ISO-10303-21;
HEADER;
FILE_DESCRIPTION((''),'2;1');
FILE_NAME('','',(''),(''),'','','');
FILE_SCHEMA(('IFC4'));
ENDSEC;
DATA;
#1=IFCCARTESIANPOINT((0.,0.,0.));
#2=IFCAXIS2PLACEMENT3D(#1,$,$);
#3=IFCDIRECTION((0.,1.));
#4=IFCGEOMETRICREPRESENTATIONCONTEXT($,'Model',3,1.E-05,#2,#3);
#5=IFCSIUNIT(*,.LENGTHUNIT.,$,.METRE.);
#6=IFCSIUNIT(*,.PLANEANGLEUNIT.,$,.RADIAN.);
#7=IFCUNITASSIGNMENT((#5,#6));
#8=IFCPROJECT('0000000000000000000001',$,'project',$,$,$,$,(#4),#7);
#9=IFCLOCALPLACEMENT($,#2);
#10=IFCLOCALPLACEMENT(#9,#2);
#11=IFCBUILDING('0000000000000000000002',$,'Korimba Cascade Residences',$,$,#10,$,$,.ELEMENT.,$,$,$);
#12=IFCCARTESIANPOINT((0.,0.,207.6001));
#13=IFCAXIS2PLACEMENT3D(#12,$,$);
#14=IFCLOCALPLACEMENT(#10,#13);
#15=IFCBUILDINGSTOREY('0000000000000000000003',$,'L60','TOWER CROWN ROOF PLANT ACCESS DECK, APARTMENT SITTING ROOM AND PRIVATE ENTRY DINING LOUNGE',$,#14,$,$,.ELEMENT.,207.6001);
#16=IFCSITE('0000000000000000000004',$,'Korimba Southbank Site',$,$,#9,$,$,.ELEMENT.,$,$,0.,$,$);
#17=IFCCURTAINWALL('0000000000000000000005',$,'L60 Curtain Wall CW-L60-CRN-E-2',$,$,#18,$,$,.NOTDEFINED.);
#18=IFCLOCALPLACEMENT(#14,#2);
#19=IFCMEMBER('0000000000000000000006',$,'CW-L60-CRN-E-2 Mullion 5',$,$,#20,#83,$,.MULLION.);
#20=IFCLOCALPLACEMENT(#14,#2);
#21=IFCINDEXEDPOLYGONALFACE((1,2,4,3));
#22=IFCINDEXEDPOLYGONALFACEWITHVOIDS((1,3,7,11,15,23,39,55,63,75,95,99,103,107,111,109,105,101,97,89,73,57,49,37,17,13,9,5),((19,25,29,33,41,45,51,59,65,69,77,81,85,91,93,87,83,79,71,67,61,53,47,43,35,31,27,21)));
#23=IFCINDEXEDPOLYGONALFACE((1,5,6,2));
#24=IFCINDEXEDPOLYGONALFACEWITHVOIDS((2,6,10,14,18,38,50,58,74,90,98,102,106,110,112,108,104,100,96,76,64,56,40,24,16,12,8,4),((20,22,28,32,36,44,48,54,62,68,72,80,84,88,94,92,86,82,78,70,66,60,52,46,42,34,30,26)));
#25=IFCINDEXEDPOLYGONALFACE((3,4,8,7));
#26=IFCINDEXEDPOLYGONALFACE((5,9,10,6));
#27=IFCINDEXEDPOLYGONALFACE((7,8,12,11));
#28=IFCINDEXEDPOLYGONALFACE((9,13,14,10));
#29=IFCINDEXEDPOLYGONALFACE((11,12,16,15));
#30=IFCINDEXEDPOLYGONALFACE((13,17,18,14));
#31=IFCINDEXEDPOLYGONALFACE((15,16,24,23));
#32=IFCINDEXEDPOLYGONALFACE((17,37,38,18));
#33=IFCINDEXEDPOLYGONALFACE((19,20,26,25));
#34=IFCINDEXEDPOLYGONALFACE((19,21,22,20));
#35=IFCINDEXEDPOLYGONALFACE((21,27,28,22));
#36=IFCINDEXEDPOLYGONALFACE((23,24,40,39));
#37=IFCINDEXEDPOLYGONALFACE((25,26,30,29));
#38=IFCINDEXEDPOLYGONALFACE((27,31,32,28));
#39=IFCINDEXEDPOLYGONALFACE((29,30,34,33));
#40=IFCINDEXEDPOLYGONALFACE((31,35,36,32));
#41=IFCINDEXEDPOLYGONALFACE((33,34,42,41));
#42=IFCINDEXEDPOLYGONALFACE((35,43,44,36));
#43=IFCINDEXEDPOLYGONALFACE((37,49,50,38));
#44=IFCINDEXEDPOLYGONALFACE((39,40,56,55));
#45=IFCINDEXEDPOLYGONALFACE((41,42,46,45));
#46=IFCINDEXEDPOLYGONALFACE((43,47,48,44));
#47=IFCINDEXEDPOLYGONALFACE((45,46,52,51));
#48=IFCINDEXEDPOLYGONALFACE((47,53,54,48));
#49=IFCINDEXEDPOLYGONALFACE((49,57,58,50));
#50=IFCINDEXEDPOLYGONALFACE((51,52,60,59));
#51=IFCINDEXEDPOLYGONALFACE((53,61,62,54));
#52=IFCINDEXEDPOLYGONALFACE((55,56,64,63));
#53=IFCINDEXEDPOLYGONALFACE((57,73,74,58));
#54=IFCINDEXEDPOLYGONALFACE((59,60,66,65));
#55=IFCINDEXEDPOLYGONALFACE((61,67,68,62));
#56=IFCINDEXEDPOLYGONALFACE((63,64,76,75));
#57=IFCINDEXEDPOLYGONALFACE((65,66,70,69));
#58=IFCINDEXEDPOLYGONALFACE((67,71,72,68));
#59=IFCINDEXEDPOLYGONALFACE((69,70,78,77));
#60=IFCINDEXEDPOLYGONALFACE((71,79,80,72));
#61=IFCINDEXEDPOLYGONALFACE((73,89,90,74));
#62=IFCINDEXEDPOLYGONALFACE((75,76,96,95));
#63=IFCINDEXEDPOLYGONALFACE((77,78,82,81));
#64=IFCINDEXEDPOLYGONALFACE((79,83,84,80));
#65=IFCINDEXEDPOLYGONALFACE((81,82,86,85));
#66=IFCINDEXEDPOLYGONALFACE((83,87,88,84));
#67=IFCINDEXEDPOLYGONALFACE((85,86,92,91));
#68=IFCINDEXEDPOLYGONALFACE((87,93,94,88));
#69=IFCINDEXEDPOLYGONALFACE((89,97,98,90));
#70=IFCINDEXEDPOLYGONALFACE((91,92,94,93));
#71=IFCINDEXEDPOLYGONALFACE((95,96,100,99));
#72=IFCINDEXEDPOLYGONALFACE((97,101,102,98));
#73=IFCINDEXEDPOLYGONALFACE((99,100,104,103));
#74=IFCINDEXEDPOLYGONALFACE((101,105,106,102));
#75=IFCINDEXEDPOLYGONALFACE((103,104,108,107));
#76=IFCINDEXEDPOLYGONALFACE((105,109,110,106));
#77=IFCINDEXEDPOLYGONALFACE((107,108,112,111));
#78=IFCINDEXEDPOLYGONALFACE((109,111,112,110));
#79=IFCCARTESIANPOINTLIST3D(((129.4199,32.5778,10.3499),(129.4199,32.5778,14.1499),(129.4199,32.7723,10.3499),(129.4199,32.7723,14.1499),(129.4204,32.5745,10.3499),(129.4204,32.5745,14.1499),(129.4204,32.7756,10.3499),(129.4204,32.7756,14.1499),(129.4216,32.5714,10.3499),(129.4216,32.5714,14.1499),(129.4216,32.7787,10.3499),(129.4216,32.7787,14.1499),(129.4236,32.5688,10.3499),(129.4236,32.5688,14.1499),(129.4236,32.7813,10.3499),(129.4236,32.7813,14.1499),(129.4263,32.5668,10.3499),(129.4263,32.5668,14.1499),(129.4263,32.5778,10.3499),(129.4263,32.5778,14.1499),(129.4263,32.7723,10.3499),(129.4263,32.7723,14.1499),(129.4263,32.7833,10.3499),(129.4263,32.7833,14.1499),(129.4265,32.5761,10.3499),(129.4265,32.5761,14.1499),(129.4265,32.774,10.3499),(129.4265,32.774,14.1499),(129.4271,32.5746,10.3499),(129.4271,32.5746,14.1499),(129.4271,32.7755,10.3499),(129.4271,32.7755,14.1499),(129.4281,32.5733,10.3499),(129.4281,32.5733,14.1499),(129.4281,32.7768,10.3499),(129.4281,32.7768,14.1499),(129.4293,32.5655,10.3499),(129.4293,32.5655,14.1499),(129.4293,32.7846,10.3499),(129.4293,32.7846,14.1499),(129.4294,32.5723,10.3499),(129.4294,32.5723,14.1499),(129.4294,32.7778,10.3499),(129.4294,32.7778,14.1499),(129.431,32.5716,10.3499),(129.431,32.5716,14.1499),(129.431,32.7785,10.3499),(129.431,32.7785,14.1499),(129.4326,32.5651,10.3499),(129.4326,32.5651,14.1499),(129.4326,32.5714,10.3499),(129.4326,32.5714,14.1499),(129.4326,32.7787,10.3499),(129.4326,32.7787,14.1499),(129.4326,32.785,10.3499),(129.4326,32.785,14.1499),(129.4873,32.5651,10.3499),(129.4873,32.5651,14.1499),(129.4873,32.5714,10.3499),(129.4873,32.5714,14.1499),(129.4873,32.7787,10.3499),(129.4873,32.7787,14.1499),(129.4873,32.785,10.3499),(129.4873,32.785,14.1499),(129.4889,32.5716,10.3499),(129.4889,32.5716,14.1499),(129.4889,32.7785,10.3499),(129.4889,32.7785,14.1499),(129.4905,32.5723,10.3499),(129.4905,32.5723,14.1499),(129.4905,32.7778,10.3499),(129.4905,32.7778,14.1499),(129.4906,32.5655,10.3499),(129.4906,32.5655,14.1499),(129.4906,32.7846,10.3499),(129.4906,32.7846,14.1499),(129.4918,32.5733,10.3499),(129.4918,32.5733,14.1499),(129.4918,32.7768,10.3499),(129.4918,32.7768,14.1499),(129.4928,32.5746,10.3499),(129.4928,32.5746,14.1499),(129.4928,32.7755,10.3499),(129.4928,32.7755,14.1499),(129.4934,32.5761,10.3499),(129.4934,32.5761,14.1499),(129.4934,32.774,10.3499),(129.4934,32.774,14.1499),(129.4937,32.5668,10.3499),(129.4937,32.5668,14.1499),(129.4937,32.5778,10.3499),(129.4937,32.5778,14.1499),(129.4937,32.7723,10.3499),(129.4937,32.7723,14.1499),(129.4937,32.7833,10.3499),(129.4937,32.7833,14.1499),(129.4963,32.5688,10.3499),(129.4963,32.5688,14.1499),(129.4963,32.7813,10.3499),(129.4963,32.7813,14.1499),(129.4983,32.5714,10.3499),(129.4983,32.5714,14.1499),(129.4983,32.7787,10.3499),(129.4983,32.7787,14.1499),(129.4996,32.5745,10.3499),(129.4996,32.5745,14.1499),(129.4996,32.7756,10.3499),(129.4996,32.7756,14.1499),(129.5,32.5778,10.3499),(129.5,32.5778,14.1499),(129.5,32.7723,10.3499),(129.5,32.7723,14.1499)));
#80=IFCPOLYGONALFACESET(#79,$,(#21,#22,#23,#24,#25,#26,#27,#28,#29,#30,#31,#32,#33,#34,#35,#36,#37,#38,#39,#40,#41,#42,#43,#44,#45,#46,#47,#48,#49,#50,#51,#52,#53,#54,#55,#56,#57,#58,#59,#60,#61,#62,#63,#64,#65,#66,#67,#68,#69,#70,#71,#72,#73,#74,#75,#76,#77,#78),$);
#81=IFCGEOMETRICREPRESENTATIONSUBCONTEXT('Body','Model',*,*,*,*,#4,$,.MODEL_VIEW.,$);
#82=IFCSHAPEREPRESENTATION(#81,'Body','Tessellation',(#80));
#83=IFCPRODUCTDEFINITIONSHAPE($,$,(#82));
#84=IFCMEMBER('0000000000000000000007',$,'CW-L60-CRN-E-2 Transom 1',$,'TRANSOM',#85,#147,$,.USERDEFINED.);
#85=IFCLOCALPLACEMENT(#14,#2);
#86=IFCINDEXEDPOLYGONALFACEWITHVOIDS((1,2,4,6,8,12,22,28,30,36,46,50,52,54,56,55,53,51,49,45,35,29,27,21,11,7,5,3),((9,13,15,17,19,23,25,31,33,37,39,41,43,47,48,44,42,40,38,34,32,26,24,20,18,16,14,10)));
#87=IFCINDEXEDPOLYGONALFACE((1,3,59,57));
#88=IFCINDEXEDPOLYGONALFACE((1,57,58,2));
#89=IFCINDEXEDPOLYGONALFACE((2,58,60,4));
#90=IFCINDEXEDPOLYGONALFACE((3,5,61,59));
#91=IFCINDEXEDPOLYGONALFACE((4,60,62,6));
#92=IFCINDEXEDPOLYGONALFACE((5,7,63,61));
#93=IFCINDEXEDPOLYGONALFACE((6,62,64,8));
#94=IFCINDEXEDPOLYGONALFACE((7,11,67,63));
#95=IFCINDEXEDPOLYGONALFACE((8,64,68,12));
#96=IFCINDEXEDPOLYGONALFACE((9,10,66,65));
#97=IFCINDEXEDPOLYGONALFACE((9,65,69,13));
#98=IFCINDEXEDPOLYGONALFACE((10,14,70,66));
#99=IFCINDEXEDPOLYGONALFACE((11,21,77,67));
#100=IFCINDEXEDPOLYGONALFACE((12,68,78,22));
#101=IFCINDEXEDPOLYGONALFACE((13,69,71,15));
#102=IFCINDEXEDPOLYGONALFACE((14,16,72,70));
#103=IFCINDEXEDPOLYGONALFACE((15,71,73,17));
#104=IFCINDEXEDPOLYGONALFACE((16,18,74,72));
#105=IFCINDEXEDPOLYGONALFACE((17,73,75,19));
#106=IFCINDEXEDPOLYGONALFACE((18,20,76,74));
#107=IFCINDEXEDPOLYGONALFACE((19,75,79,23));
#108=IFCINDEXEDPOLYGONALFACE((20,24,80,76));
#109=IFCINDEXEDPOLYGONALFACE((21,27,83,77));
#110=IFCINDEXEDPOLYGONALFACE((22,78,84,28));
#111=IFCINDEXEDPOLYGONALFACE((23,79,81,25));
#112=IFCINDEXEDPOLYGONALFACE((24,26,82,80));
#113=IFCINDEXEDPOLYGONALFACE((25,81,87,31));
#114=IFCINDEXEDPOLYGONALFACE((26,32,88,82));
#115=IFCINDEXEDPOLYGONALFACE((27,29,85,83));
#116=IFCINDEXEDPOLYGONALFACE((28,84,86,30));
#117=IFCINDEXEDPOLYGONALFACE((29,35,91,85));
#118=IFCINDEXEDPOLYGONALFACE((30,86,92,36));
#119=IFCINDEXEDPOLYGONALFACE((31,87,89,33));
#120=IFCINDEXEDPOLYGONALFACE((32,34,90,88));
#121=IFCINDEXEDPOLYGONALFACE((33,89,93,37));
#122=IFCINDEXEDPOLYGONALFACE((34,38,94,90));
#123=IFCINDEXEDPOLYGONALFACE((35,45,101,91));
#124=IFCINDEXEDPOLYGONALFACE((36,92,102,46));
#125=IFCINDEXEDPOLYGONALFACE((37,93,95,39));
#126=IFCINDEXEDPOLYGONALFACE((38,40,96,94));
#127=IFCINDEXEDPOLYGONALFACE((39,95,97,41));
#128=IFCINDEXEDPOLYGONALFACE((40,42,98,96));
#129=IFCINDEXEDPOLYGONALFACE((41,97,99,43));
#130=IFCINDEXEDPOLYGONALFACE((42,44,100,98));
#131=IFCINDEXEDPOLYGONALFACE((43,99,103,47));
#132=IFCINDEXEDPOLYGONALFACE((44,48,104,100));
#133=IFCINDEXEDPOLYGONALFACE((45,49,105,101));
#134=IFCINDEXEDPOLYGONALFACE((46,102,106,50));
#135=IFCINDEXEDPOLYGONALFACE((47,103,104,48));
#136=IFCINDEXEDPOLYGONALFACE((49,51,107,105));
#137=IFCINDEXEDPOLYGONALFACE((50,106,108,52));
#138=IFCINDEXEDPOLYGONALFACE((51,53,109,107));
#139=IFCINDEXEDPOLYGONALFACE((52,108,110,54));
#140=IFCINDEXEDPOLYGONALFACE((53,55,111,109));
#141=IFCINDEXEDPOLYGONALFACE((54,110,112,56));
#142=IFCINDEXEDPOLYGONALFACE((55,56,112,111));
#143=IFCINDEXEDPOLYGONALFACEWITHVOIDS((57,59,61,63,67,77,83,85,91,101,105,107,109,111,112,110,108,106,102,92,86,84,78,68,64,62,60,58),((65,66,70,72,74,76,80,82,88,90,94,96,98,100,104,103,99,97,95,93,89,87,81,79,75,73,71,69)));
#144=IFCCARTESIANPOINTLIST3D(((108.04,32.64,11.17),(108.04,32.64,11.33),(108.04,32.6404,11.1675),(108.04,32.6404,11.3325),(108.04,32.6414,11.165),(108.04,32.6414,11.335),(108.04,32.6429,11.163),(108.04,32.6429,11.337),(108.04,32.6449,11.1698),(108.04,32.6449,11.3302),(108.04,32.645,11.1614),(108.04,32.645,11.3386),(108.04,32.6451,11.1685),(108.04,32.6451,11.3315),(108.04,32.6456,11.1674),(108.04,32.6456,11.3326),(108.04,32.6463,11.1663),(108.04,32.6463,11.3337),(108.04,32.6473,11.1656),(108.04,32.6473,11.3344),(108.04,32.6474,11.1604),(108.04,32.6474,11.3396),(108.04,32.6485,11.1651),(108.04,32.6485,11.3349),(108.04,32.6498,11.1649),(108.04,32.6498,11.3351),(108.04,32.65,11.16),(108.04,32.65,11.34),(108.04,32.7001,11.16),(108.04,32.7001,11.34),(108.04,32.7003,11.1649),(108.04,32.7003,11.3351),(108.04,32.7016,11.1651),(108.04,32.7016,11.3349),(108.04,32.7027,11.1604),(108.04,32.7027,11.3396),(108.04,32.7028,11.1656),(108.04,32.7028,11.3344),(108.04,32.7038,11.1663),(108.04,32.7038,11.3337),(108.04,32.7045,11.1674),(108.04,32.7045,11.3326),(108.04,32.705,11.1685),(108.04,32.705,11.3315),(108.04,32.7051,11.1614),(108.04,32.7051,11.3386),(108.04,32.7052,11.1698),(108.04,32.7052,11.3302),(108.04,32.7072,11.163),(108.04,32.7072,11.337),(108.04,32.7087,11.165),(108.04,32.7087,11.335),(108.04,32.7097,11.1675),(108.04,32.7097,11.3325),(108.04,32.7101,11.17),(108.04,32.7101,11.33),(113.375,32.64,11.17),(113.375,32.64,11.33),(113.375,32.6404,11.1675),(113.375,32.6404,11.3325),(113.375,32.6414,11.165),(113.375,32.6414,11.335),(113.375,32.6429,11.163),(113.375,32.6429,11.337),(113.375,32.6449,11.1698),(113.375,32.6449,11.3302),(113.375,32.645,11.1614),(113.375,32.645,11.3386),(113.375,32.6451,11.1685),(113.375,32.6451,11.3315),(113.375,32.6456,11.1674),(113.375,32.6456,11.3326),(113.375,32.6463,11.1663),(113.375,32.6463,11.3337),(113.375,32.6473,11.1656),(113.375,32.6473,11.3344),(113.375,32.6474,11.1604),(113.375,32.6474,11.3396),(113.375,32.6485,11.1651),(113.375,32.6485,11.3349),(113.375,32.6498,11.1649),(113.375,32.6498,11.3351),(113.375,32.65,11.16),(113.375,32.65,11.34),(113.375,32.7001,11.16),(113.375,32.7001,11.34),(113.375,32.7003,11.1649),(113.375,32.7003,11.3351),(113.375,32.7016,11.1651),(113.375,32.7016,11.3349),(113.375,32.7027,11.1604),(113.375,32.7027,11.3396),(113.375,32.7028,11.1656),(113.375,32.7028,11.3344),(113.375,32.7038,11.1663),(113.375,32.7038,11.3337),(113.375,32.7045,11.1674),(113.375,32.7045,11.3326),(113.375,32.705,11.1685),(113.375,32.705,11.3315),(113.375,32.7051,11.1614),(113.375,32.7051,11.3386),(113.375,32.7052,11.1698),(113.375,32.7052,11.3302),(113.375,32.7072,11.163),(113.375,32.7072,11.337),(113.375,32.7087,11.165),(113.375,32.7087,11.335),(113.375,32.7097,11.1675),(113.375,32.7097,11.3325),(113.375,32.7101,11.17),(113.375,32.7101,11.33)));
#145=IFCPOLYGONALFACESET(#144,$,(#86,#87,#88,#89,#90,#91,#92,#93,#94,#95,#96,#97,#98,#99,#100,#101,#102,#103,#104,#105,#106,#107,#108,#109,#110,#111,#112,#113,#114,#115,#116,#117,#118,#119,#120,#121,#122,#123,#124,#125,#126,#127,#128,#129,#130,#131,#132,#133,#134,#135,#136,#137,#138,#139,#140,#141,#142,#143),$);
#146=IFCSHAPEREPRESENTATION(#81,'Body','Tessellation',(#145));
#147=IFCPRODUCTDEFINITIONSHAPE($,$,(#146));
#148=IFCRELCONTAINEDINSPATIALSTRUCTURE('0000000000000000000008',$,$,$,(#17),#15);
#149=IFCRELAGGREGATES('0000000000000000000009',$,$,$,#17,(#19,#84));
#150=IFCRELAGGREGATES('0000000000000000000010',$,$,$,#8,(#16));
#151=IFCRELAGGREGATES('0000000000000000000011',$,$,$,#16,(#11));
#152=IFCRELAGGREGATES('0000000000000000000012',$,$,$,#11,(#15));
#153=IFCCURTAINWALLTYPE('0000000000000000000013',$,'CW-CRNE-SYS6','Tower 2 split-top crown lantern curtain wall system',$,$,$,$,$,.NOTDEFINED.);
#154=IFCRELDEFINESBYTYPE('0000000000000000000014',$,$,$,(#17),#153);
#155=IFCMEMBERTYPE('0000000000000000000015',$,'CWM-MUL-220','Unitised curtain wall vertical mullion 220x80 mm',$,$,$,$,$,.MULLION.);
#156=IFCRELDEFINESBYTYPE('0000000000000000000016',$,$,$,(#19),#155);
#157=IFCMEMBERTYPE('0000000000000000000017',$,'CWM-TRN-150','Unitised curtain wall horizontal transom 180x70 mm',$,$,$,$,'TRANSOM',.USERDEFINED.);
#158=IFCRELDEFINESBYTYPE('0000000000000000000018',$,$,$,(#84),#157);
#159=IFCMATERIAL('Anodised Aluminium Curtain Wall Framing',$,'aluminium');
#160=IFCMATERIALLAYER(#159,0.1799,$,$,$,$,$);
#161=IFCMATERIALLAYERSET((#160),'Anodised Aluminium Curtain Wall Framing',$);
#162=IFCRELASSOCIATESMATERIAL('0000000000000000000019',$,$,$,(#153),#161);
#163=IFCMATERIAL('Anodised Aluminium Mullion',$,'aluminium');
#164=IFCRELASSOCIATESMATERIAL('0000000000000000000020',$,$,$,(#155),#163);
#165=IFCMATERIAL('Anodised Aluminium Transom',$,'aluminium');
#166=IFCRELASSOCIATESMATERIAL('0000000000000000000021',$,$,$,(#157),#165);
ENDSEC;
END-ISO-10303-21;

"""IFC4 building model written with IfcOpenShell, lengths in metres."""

from ifc_helpers import new_model, si_unit, direction, frame, origin, origin_2d, place, context, subcontext, project, spatial, hollow_rectangle, extrude, material, layer, layer_set, material_profile, profile_set, type_object, element, aggregate, save


model = new_model("IFC4")

# Units and contexts
model_context = context("Model", 3, precision=1e-05, world=origin(), true_north=direction((0.0, 1.0)))
body_context = subcontext(model_context, "Body", "Model", "MODEL_VIEW")
ifc_project = project(units=[si_unit("LENGTHUNIT", "METRE"), si_unit("PLANEANGLEUNIT", "RADIAN")], contexts=[model_context])

# Site, building, storey
site_placement = place(None, origin())
site = spatial("IfcSite", under=ifc_project, at=site_placement, Name="Korimba Southbank Site", CompositionType="ELEMENT", RefElevation=0.0)
building_placement = place(site_placement, origin())
building = spatial("IfcBuilding", under=site, at=building_placement, Name="Korimba Cascade Residences", CompositionType="ELEMENT")
storey_placement = place(building_placement, frame((0.0, 0.0, 207.6001)))
storey = spatial("IfcBuildingStorey", under=building, at=storey_placement, Name="L60", Description="TOWER CROWN ROOF PLANT ACCESS DECK, APARTMENT SITTING ROOM AND PRIVATE ENTRY DINING LOUNGE", CompositionType="ELEMENT", Elevation=207.6001)

# Curtain wall, members
ifc_material_1 = material(Name="Anodised Aluminium Curtain Wall Framing", Category="aluminium")
ifc_layer_1 = layer(ifc_material_1, 0.1799)
ifc_layer_set_1 = layer_set([ifc_layer_1], Name="Anodised Aluminium Curtain Wall Framing")
curtain_wall_type = type_object("IfcCurtainWallType", Name="CW-CRNE-SYS6", Description="Tower 2 split-top crown lantern curtain wall system", PredefinedType="NOTDEFINED", material=ifc_layer_set_1)
curtain_wall_placement = place(storey_placement, origin())
curtain_wall = element("IfcCurtainWall", 1, at=curtain_wall_placement, inside=storey, type_object=curtain_wall_type, Name="L60 Curtain Wall CW-L60-CRN-E-2", PredefinedType="NOTDEFINED")
ifc_material_2 = material(Name="Anodised Aluminium Mullion", Category="aluminium")
ifc_material_profile_1 = material_profile(ifc_material_2, hollow_rectangle(XDim=0.0801, YDim=0.22, WallThickness=0.0063, InnerFilletRadius=0.0063, OuterFilletRadius=0.0127, at=origin_2d()), Name="Anodised Aluminium Mullion")
ifc_profile_set_1 = profile_set([ifc_material_profile_1], Name="Anodised Aluminium Mullion")
member_type_1 = type_object("IfcMemberType", Name="CWM-MUL-220", Description="Unitised curtain wall vertical mullion 220x80 mm", PredefinedType="MULLION", material=ifc_profile_set_1)
member_1_placement = place(storey_placement, frame((129.46, 32.675, 10.3499), z_axis=(0.0, 0.0, 1.0), x_axis=(1.0, 0.0, 0.0)))
member_1 = element("IfcMember", 2, at=member_1_placement, type_object=member_type_1, Name="CW-L60-CRN-E-2 Mullion 5", PredefinedType="MULLION", context=body_context, shape_type="SweptSolid", body=[
    extrude(hollow_rectangle(XDim=0.0801, YDim=0.22, WallThickness=0.0063, InnerFilletRadius=0.0063, OuterFilletRadius=0.0127, at=origin_2d()), origin(), (0.0, 0.0, 1.0), 3.8),
])
ifc_material_3 = material(Name="Anodised Aluminium Transom", Category="aluminium")
ifc_material_profile_2 = material_profile(ifc_material_3, hollow_rectangle(XDim=0.0701, YDim=0.1799, WallThickness=0.0049, InnerFilletRadius=0.0049, OuterFilletRadius=0.01, at=origin_2d()), Name="Anodised Aluminium Transom")
ifc_profile_set_2 = profile_set([ifc_material_profile_2], Name="Anodised Aluminium Transom")
member_type_2 = type_object("IfcMemberType", Name="CWM-TRN-150", Description="Unitised curtain wall horizontal transom 180x70 mm", ElementType="TRANSOM", PredefinedType="USERDEFINED", material=ifc_profile_set_2)
member_2_placement = place(storey_placement, frame((108.04, 32.675, 11.25), z_axis=(1.0, 0.0, 0.0), x_axis=(0.0, 1.0, 0.0)))
member_2 = element("IfcMember", 3, at=member_2_placement, type_object=member_type_2, Name="CW-L60-CRN-E-2 Transom 1", ObjectType="TRANSOM", PredefinedType="USERDEFINED", context=body_context, shape_type="SweptSolid", body=[
    extrude(hollow_rectangle(XDim=0.0701, YDim=0.1799, WallThickness=0.0049, InnerFilletRadius=0.0049, OuterFilletRadius=0.01, at=origin_2d()), origin(), (0.0, 0.0, 1.0), 5.335),
])

aggregate(curtain_wall, [member_1, member_2])

save(model, "model.ifc")
